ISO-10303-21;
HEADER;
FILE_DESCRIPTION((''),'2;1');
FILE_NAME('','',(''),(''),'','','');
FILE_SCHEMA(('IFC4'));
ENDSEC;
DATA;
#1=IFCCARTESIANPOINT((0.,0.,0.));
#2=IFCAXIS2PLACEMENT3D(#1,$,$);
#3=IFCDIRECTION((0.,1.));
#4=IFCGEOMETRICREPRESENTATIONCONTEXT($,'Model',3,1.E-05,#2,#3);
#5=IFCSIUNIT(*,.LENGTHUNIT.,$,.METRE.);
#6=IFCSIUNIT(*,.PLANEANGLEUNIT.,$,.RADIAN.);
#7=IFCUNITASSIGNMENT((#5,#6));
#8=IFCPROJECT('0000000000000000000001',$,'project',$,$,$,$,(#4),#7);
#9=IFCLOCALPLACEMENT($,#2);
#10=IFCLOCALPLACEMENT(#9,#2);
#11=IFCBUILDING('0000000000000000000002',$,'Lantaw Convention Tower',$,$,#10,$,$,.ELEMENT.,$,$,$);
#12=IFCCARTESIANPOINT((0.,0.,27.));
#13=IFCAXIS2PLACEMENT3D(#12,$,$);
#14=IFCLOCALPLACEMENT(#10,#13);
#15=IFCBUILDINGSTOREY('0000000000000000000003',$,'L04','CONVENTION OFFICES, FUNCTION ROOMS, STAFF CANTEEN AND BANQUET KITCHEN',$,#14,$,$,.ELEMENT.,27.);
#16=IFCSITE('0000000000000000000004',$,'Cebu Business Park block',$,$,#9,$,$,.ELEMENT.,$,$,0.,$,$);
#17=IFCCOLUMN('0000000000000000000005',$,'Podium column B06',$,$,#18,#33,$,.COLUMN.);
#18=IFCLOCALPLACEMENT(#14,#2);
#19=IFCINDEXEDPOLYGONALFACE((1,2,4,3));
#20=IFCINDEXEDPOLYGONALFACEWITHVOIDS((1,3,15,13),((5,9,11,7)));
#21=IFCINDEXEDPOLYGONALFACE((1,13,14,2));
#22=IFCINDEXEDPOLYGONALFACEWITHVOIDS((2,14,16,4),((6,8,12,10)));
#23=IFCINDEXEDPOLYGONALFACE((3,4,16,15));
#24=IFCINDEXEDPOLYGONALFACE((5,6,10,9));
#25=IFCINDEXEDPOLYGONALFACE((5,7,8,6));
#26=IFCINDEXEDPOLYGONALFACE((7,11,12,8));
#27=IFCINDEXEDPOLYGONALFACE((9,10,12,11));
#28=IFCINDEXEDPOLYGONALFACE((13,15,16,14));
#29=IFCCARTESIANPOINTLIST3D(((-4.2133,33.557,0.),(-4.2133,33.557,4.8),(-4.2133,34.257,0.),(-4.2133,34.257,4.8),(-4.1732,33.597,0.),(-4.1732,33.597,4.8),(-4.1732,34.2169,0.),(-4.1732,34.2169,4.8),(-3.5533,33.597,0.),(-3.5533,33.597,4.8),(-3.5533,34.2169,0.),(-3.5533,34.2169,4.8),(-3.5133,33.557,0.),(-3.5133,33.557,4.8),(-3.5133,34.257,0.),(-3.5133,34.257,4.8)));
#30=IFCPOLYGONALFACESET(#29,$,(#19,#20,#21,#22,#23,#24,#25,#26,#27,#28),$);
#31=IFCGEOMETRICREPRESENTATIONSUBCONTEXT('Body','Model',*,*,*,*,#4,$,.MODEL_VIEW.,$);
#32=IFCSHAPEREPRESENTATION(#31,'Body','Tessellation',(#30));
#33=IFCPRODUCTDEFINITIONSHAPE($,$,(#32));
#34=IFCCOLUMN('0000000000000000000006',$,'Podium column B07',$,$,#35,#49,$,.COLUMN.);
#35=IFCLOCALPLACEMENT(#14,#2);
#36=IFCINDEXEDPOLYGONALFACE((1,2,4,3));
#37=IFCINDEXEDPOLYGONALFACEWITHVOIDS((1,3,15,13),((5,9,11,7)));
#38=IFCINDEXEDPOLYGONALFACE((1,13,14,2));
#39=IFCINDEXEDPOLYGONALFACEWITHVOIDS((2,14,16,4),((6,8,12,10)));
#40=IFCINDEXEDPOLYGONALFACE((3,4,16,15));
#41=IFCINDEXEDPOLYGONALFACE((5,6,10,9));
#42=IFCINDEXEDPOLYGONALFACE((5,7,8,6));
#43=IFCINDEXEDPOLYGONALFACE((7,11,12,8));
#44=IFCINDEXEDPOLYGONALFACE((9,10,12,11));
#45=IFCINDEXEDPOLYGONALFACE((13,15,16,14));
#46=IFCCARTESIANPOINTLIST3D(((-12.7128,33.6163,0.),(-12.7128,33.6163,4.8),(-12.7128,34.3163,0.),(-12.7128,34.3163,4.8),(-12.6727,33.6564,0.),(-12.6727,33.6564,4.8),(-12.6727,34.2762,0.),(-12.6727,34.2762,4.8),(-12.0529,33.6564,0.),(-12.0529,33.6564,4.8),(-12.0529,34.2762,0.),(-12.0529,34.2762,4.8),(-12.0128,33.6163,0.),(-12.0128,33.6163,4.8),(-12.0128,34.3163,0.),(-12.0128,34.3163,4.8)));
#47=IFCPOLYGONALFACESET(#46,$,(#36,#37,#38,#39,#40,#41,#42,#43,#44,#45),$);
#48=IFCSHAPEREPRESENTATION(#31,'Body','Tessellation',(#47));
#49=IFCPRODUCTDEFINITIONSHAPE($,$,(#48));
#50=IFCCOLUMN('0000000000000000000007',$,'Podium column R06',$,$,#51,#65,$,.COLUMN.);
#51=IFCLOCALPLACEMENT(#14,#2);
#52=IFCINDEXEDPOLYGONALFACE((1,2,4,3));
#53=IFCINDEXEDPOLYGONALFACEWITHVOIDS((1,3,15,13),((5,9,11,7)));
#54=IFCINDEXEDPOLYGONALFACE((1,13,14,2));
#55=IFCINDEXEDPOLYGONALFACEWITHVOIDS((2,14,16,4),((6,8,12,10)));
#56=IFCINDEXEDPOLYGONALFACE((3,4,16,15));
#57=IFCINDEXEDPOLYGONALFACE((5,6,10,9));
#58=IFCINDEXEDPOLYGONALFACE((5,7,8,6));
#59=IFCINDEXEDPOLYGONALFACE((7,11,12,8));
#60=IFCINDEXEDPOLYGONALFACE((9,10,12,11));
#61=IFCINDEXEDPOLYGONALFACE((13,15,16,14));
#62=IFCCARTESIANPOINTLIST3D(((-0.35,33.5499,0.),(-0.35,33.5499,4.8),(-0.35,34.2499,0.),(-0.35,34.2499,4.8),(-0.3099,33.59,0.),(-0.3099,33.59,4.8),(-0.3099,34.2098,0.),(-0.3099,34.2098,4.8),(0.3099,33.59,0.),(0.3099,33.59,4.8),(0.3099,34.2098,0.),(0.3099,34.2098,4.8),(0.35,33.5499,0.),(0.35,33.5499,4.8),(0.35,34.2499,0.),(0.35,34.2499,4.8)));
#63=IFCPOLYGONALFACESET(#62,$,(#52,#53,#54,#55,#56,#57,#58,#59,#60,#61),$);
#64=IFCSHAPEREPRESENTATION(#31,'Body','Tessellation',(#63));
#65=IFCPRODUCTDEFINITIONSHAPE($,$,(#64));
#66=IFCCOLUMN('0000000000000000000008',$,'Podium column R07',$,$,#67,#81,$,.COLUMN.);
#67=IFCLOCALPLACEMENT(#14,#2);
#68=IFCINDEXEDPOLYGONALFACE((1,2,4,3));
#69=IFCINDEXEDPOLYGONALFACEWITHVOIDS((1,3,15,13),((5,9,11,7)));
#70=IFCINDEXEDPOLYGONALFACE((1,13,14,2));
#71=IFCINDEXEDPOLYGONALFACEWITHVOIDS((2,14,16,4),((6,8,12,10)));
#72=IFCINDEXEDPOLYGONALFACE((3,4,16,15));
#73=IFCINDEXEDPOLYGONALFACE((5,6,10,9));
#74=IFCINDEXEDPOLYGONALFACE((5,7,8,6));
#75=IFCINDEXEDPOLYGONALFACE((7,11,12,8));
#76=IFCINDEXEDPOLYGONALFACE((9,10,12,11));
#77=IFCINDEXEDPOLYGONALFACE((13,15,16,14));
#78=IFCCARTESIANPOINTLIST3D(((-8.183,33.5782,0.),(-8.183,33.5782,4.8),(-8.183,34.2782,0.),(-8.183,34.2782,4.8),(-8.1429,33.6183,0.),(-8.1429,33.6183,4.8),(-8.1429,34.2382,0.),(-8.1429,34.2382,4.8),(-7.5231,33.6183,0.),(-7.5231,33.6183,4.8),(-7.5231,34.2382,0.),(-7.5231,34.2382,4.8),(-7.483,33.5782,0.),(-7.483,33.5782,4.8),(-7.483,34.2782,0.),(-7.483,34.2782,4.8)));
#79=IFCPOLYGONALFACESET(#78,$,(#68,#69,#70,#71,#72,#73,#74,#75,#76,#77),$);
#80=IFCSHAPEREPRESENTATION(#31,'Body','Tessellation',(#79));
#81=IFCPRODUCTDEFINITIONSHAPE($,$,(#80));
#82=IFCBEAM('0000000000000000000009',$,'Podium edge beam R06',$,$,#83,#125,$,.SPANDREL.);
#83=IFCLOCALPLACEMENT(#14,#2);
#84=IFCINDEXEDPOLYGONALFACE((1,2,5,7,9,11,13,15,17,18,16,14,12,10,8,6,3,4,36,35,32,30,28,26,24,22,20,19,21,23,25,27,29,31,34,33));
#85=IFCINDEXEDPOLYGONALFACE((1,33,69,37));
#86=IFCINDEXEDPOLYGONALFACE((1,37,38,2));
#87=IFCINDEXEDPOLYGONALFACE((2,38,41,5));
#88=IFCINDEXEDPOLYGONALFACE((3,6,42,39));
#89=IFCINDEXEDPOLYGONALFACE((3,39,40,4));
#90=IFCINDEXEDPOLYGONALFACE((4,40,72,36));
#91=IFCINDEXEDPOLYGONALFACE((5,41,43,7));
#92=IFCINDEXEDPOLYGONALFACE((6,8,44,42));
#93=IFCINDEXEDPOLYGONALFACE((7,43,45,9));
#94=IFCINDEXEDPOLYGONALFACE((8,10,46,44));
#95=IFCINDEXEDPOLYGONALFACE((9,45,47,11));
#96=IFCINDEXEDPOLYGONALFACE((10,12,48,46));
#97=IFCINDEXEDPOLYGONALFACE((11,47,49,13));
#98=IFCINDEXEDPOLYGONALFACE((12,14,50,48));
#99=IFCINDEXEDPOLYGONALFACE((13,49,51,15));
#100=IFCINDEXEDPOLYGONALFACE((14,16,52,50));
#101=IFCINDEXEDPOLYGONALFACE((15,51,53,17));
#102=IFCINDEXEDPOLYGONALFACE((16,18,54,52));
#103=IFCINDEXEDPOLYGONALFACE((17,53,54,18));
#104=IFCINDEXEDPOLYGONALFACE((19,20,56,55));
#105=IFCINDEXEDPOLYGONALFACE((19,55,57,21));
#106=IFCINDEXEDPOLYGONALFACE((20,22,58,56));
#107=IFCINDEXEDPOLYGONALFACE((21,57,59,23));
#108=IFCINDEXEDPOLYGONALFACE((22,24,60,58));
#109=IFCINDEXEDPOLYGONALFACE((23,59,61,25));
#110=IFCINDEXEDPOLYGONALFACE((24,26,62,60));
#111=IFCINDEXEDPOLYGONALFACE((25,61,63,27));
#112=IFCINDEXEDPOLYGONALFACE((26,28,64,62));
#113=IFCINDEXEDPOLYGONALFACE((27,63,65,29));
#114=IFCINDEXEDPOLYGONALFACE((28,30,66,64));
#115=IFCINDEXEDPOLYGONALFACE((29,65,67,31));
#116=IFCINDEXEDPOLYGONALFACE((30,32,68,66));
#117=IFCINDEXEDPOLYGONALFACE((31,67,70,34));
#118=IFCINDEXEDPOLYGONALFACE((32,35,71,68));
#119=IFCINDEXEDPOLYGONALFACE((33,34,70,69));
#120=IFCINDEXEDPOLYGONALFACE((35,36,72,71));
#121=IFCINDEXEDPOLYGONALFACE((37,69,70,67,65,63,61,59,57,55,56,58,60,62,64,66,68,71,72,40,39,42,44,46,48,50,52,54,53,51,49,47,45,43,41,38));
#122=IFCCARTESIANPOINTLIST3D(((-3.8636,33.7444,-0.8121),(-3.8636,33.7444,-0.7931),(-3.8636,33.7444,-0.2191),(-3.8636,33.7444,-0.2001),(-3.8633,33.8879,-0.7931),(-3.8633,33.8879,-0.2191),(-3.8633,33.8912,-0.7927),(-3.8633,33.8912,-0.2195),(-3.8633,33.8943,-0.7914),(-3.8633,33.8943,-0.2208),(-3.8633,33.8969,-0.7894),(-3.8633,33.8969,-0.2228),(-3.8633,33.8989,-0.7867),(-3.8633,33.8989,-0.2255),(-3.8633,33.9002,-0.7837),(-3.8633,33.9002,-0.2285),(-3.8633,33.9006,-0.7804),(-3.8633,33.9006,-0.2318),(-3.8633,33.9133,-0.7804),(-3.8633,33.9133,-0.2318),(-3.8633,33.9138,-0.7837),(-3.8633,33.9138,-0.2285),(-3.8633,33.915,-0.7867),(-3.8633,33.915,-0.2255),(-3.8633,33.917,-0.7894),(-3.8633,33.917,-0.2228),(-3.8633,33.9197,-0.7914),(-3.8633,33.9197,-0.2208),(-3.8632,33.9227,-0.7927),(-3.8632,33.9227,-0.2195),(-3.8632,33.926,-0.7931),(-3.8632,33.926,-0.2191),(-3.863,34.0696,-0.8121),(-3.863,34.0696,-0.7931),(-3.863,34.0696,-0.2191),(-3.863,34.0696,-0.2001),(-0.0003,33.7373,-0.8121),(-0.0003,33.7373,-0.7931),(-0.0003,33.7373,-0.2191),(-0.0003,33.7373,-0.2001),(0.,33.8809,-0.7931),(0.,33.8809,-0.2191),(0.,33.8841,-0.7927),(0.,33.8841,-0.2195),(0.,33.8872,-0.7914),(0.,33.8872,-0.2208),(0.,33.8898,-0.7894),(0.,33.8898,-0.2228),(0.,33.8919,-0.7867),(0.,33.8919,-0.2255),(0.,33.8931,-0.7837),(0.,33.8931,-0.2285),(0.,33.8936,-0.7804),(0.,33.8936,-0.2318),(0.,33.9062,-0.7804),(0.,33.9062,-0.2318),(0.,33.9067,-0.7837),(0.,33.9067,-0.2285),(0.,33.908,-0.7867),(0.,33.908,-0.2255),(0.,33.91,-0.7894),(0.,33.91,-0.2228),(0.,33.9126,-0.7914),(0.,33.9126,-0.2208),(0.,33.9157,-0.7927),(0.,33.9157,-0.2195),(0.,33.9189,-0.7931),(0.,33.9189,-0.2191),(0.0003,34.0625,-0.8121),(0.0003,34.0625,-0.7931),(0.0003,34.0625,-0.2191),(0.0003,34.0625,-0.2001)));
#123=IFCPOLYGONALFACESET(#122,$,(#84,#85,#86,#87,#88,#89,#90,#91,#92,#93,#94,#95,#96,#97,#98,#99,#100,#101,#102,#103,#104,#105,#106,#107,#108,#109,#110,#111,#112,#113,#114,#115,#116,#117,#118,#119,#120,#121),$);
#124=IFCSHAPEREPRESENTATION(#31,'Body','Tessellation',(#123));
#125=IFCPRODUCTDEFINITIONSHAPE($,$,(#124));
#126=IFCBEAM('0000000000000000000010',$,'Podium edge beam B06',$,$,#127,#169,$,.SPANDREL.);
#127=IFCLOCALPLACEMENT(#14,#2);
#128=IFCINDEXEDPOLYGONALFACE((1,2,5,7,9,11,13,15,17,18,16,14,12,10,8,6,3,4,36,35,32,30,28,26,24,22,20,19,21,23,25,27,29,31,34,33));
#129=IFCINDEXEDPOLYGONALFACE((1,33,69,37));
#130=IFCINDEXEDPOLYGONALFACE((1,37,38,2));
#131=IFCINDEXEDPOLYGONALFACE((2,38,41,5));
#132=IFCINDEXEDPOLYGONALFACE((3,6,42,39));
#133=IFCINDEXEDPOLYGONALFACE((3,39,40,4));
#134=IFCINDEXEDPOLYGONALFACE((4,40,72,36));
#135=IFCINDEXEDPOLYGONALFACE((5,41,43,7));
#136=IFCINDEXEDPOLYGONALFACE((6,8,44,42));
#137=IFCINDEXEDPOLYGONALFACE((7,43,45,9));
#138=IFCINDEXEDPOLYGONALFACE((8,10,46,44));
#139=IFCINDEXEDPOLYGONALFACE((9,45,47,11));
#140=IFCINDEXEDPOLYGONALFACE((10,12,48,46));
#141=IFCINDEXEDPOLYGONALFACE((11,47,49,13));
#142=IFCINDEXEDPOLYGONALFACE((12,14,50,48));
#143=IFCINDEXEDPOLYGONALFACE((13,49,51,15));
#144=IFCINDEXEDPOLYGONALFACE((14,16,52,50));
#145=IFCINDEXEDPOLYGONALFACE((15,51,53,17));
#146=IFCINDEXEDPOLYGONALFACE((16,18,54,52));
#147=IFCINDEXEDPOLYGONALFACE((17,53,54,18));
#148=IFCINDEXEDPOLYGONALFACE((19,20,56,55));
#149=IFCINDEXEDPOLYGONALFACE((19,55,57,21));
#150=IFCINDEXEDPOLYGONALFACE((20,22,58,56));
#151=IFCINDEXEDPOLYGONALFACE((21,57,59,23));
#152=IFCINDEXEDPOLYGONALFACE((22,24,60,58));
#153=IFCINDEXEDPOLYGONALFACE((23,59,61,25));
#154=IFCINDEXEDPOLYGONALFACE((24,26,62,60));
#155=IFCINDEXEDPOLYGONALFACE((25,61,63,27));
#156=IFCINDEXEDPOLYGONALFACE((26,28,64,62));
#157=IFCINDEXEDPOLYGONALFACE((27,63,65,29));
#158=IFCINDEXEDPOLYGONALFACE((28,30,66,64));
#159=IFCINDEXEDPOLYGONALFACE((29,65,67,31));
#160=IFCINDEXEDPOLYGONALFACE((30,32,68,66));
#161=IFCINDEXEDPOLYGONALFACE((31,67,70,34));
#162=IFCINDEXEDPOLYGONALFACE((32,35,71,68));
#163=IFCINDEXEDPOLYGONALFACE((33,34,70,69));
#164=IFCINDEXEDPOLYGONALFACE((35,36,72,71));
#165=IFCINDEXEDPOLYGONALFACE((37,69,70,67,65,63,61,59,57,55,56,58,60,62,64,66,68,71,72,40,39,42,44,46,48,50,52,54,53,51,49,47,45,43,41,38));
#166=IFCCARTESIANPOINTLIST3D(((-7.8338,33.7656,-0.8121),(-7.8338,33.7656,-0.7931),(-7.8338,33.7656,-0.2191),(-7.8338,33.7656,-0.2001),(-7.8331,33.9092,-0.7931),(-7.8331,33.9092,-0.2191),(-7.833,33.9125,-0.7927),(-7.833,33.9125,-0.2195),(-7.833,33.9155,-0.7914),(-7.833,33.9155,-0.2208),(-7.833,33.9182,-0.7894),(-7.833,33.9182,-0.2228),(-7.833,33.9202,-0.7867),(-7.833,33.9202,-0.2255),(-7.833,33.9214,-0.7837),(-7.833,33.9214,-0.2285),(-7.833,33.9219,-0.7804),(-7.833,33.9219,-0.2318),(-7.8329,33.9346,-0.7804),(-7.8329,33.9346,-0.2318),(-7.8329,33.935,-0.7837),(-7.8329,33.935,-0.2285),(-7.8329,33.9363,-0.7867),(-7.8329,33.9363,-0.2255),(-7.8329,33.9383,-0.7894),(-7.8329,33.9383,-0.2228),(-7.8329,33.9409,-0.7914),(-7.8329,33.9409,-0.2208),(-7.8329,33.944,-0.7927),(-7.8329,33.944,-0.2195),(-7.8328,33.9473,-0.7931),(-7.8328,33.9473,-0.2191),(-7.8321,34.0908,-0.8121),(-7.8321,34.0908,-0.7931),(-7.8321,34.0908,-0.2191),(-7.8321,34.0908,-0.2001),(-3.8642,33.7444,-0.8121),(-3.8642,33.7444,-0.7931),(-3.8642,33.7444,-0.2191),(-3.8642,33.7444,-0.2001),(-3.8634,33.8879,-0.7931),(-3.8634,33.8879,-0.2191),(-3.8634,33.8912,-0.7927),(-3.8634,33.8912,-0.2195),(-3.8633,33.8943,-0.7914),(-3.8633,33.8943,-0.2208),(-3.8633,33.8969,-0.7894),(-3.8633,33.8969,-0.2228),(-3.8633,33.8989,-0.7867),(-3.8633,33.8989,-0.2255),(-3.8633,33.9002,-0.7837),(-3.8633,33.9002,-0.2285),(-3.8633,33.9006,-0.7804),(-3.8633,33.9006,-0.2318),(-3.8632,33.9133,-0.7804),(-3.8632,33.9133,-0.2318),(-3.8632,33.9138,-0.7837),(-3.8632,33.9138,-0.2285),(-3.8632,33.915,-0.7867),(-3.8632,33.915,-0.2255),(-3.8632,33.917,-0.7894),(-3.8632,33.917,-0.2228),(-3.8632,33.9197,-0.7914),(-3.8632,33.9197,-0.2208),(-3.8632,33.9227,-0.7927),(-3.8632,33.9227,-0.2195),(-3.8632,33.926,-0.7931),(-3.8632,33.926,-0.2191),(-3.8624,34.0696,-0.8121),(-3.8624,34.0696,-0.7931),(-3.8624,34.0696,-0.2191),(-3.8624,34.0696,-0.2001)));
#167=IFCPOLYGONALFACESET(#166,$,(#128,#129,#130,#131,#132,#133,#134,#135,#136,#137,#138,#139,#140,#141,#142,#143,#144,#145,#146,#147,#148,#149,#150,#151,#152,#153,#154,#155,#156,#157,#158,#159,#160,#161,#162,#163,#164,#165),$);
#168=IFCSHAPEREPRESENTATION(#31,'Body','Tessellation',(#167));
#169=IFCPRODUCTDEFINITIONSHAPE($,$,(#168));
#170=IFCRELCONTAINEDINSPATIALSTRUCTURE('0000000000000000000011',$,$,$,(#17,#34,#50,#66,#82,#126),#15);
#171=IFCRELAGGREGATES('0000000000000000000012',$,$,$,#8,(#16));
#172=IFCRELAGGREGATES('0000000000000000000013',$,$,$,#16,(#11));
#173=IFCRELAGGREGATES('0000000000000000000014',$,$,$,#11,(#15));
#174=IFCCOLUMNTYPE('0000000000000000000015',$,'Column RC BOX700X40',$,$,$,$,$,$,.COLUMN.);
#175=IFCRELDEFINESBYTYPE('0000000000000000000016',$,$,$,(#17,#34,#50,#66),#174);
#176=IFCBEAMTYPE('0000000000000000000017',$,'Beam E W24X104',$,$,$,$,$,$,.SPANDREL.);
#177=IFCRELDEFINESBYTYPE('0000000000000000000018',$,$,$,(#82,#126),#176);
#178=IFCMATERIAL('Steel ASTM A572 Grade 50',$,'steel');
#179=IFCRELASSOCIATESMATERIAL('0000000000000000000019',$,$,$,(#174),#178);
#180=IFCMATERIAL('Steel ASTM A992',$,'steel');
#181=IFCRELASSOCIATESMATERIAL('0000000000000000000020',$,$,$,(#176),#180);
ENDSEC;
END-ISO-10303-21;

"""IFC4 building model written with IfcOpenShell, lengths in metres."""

from ifc_helpers import new_model, si_unit, direction, frame, origin, origin_2d, place, context, subcontext, project, spatial, hollow_rectangle, i_section, extrude, material, material_profile, profile_set, type_object, element, save


model = new_model("IFC4")

# Units and contexts
model_context = context("Model", 3, precision=1e-05, world=origin(), true_north=direction((0.0, 1.0)))
body_context = subcontext(model_context, "Body", "Model", "MODEL_VIEW")
ifc_project = project(units=[si_unit("LENGTHUNIT", "METRE"), si_unit("PLANEANGLEUNIT", "RADIAN")], contexts=[model_context])

# Site, building, storey
site_placement = place(None, origin())
site = spatial("IfcSite", under=ifc_project, at=site_placement, Name="Cebu Business Park block", CompositionType="ELEMENT", RefElevation=0.0)
building_placement = place(site_placement, origin())
building = spatial("IfcBuilding", under=site, at=building_placement, Name="Lantaw Convention Tower", CompositionType="ELEMENT")
storey_placement = place(building_placement, frame((0.0, 0.0, 27.0)))
storey = spatial("IfcBuildingStorey", under=building, at=storey_placement, Name="L04", Description="CONVENTION OFFICES, FUNCTION ROOMS, STAFF CANTEEN AND BANQUET KITCHEN", CompositionType="ELEMENT", Elevation=27.0)

# Columns
ifc_material_1 = material(Name="Steel ASTM A572 Grade 50", Category="steel")
ifc_material_profile_1 = material_profile(ifc_material_1, hollow_rectangle(XDim=0.7, YDim=0.7, WallThickness=0.04, at=origin_2d()), Name="BOX700X40")
ifc_profile_set_1 = profile_set([ifc_material_profile_1], Name="Steel ASTM A572 Grade 50")
column_type = type_object("IfcColumnType", Name="Column RC BOX700X40", PredefinedType="COLUMN", material=ifc_profile_set_1)
for number, where, z_axis, x_axis, name in (
    (1, (-3.8633, 33.907, 0.0), (0.0, 0.0, 1.0), (1.0, 0.0, 0.0), "Podium column B06"),
    (2, (-12.3628, 33.9663, 0.0), (0.0, 0.0, 1.0), (1.0, 0.0, 0.0), "Podium column B07"),
    (3, (0.0, 33.8999, 0.0), (0.0, 0.0, 1.0), (1.0, 0.0, 0.0), "Podium column R06"),
    (4, (-7.833, 33.9282, 0.0), (0.0, 0.0, 1.0), (1.0, 0.0, 0.0), "Podium column R07"),
):
    element("IfcColumn", number, at=place(storey_placement, frame(where, z_axis=z_axis, x_axis=x_axis)), inside=storey, type_object=column_type, Name=name, PredefinedType="COLUMN", context=body_context, shape_type="SweptSolid", body=[
        extrude(hollow_rectangle(XDim=0.7, YDim=0.7, WallThickness=0.04, at=origin_2d()), origin(), (0.0, 0.0, 1.0), 4.8),
    ])

# Beams
ifc_material_2 = material(Name="Steel ASTM A992", Category="steel")
ifc_material_profile_2 = material_profile(ifc_material_2, i_section(OverallWidth=0.3252, OverallDepth=0.6121, WebThickness=0.0127, FlangeThickness=0.019, FilletRadius=0.0127, at=origin_2d()), Name="W24X104")
ifc_profile_set_2 = profile_set([ifc_material_profile_2], Name="Steel ASTM A992")
beam_type_1 = type_object("IfcBeamType", Name="Beam E W24X104", PredefinedType="SPANDREL", material=ifc_profile_set_2)
beam_1_placement = place(storey_placement, frame((0.0, 33.8999, -0.5061), z_axis=(-0.999998, 0.001833, 0.0), x_axis=(-0.001833, -0.999998, 0.0)))
element("IfcBeam", 5, at=beam_1_placement, inside=storey, type_object=beam_type_1, Name="Podium edge beam R06", PredefinedType="SPANDREL", context=body_context, shape_type="SweptSolid", body=[
    extrude(i_section(OverallWidth=0.3252, OverallDepth=0.6121, WebThickness=0.0127, FlangeThickness=0.019, FilletRadius=0.0127, at=origin_2d()), origin(), (0.0, 0.0, 1.0), 3.8633),
])
beam_2_placement = place(storey_placement, frame((-3.8633, 33.907, -0.5061), z_axis=(-0.999986, 0.00535, 0.0), x_axis=(-0.00535, -0.999986, 0.0)))
element("IfcBeam", 6, at=beam_2_placement, inside=storey, type_object=beam_type_1, Name="Podium edge beam B06", PredefinedType="SPANDREL", context=body_context, shape_type="SweptSolid", body=[
    extrude(i_section(OverallWidth=0.3252, OverallDepth=0.6121, WebThickness=0.0127, FlangeThickness=0.019, FilletRadius=0.0127, at=origin_2d()), origin(), (0.0, 0.0, 1.0), 3.9697),
])

save(model, "model.ifc")
